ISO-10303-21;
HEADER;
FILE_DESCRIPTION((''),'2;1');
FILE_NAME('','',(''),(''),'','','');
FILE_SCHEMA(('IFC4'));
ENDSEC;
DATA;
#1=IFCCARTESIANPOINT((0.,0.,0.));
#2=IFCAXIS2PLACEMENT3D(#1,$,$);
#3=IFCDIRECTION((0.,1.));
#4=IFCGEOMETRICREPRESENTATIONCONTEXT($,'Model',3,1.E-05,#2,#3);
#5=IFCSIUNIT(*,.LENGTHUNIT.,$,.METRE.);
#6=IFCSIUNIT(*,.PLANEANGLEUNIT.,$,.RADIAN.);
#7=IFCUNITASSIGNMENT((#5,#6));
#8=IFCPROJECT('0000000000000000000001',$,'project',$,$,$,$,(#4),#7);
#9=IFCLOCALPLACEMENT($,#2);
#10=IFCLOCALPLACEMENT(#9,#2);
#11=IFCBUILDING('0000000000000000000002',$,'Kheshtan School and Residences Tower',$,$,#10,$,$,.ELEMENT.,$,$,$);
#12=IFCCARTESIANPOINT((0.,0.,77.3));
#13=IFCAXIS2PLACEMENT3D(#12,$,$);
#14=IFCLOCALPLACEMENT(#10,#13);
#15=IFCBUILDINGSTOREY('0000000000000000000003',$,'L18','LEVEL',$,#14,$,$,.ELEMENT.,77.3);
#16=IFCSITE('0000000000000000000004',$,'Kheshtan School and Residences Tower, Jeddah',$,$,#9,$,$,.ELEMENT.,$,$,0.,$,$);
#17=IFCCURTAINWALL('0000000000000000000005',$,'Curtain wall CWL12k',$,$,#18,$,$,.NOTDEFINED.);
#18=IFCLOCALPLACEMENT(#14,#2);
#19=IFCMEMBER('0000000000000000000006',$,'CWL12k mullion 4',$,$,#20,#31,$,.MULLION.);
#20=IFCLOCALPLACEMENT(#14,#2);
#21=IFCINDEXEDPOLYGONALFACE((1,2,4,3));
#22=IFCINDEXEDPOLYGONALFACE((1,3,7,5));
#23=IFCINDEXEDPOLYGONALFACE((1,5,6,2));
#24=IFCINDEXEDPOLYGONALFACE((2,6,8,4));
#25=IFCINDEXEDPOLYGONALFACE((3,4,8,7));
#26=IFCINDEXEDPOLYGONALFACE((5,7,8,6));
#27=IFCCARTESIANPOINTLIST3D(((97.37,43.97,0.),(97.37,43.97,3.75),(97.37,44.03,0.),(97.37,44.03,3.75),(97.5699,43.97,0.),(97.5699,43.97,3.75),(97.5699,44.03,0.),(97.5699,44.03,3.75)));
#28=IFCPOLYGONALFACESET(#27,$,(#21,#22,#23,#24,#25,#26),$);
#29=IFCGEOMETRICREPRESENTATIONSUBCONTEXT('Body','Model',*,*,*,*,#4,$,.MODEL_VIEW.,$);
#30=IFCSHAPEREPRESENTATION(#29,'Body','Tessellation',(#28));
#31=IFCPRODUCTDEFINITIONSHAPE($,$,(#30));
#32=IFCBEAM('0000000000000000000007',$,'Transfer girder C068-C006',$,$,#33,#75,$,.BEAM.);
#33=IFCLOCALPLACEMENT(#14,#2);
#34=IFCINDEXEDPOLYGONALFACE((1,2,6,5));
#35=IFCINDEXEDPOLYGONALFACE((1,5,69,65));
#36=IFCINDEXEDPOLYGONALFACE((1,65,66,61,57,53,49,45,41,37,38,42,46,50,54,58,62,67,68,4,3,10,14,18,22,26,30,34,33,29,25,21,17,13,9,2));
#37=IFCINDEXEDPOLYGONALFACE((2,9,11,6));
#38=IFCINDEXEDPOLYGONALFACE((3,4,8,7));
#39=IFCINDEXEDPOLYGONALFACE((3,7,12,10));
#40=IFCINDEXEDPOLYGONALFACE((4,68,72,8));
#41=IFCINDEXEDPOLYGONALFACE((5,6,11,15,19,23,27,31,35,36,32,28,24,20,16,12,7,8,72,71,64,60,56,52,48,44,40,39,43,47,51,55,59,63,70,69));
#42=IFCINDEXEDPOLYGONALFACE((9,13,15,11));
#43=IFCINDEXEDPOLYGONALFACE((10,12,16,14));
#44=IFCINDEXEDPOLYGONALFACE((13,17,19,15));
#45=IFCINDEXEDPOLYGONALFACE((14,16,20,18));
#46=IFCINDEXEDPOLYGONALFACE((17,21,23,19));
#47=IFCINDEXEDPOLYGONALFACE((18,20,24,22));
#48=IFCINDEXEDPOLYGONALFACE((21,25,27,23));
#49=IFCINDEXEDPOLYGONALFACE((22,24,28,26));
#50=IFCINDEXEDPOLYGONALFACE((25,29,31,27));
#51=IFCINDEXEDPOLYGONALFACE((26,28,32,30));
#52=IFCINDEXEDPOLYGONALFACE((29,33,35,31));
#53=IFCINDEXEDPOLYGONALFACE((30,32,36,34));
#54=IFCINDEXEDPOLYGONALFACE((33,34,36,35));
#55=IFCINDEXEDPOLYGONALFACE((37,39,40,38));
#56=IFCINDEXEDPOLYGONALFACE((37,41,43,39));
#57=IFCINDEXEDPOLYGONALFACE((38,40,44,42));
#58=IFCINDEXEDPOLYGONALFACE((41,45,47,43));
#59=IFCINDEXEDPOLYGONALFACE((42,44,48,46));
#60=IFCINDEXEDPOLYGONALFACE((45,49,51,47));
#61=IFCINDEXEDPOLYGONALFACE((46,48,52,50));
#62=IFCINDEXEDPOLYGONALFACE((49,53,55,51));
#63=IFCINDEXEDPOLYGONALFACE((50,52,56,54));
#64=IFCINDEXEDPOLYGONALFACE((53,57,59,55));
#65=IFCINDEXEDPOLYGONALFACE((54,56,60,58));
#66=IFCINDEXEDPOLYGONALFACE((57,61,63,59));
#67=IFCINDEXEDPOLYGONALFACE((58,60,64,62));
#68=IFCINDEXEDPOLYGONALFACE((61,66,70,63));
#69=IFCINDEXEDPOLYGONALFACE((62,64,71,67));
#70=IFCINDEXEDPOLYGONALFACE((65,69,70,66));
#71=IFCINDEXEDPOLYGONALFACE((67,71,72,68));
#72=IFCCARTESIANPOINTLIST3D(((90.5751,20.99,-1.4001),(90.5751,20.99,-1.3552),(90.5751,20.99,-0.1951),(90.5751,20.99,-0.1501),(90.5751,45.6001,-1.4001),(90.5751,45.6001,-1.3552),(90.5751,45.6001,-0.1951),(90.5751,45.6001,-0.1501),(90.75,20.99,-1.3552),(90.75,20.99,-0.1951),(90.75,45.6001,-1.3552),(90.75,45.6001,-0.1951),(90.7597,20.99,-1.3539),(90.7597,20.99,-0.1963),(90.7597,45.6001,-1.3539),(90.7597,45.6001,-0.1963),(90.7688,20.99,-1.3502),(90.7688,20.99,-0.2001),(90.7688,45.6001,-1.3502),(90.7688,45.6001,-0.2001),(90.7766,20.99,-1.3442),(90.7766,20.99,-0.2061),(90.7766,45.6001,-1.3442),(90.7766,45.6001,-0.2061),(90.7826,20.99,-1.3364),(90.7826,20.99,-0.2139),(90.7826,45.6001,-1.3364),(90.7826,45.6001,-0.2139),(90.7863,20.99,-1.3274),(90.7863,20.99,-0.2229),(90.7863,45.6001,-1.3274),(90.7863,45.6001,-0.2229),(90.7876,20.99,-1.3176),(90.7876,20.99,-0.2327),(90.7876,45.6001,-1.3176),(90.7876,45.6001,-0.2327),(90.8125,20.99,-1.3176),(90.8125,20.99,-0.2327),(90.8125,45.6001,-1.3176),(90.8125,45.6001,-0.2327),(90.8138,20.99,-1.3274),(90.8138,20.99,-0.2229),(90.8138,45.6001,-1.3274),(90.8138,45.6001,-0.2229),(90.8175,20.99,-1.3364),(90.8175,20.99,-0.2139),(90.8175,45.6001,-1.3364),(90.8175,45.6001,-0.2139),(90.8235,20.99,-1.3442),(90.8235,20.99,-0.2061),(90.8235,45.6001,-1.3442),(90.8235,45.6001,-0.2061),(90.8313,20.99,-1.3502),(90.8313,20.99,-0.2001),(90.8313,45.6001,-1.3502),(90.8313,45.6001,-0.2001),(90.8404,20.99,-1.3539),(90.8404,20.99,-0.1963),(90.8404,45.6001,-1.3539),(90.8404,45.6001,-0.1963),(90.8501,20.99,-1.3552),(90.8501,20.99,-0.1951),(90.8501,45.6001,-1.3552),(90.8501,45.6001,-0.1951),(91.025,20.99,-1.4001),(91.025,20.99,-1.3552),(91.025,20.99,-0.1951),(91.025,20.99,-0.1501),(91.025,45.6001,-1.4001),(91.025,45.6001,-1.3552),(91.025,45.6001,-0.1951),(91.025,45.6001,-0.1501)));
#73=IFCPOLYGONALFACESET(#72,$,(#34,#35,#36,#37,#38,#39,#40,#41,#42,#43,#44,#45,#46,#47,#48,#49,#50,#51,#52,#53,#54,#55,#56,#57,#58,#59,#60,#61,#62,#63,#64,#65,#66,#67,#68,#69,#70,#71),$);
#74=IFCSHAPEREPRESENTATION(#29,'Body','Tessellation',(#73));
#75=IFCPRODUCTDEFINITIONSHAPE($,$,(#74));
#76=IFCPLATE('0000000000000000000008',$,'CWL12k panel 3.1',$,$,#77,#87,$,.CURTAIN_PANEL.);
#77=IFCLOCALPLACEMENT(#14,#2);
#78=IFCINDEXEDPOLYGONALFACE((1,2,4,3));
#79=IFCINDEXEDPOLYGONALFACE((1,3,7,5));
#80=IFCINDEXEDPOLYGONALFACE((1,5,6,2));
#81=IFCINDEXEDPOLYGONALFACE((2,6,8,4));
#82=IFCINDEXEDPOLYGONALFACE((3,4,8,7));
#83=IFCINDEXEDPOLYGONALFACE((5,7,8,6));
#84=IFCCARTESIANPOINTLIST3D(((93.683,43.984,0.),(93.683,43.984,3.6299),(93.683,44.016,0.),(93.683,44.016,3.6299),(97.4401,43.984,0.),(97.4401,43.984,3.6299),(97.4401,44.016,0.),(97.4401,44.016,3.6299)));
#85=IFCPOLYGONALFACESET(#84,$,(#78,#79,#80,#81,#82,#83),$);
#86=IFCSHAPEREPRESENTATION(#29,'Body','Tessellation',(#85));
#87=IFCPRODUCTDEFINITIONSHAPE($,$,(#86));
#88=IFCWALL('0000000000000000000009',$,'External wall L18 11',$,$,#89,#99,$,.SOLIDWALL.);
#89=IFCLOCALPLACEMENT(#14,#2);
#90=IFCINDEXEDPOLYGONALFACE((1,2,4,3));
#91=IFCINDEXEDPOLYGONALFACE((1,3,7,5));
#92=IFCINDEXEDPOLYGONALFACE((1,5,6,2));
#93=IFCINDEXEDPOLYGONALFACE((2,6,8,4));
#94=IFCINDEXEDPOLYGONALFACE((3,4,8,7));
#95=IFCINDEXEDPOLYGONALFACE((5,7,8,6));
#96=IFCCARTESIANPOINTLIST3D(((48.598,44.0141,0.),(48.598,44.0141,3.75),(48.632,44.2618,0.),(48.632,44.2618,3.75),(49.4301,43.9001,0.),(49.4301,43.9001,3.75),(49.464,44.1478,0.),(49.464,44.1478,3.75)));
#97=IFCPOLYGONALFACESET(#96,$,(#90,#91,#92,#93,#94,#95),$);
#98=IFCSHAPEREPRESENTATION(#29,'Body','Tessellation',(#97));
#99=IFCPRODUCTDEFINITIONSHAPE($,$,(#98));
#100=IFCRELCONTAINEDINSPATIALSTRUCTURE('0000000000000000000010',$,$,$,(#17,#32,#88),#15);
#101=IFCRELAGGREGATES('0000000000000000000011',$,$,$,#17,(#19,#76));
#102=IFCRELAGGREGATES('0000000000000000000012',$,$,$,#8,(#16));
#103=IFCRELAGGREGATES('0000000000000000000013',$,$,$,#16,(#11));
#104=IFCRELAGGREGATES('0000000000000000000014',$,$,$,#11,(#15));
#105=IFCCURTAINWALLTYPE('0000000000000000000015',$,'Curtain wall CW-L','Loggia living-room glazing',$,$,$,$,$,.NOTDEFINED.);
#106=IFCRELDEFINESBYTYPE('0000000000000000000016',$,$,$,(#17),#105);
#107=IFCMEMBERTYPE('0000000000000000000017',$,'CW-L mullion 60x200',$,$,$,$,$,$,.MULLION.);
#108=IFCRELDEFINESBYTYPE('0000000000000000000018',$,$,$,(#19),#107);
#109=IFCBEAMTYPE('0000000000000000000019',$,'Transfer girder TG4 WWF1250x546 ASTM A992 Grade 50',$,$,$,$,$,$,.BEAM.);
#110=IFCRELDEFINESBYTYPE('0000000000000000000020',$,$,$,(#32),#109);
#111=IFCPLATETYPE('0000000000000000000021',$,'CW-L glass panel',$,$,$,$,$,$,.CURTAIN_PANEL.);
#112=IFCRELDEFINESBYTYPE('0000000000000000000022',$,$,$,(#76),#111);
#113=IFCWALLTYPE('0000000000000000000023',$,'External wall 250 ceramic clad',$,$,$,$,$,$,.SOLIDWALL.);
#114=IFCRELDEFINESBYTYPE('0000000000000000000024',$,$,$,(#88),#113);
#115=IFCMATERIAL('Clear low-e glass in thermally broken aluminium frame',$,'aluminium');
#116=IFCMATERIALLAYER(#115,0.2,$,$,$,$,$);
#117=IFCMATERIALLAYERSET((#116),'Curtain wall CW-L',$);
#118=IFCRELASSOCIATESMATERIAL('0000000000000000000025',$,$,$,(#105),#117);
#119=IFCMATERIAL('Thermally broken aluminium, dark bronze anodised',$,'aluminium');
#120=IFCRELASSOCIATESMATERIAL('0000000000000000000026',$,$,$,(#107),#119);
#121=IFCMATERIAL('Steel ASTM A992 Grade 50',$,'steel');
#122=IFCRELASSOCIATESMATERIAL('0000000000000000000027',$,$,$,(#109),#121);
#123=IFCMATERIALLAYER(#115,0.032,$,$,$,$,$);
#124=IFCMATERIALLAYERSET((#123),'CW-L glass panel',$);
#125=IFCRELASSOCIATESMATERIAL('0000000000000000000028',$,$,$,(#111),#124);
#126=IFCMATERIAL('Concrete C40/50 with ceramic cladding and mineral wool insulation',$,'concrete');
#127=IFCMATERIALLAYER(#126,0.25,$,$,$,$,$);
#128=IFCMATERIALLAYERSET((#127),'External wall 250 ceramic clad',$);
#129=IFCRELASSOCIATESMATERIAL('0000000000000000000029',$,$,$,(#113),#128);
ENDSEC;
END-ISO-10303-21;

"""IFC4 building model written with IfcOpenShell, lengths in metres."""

from ifc_helpers import new_model, si_unit, direction, frame, frame_2d, origin, origin_2d, place, context, subcontext, project, spatial, rectangle, i_section, extrude, material, layer, layer_set, material_profile, profile_set, type_object, element, aggregate, save


model = new_model("IFC4")

# Units and contexts
model_context = context("Model", 3, precision=1e-05, world=origin(), true_north=direction((0.0, 1.0)))
body_context = subcontext(model_context, "Body", "Model", "MODEL_VIEW")
ifc_project = project(units=[si_unit("LENGTHUNIT", "METRE"), si_unit("PLANEANGLEUNIT", "RADIAN")], contexts=[model_context])

# Site, building, storey
site_placement = place(None, origin())
site = spatial("IfcSite", under=ifc_project, at=site_placement, Name="Kheshtan School and Residences Tower, Jeddah", CompositionType="ELEMENT", RefElevation=0.0)
building_placement = place(site_placement, origin())
building = spatial("IfcBuilding", under=site, at=building_placement, Name="Kheshtan School and Residences Tower", CompositionType="ELEMENT")
storey_placement = place(building_placement, frame((0.0, 0.0, 77.3)))
storey = spatial("IfcBuildingStorey", under=building, at=storey_placement, Name="L18", Description="LEVEL", CompositionType="ELEMENT", Elevation=77.3)

# Shared definitions
ifc_material_1 = material(Name="Steel ASTM A992 Grade 50", Category="steel")

# Curtain wall, member
ifc_material_2 = material(Name="Clear low-e glass in thermally broken aluminium frame", Category="aluminium")
ifc_layer_1 = layer(ifc_material_2, 0.2)
ifc_layer_set_1 = layer_set([ifc_layer_1], Name="Curtain wall CW-L")
curtain_wall_type = type_object("IfcCurtainWallType", Name="Curtain wall CW-L", Description="Loggia living-room glazing", PredefinedType="NOTDEFINED", material=ifc_layer_set_1)
curtain_wall_placement = place(storey_placement, origin())
curtain_wall = element("IfcCurtainWall", 1, at=curtain_wall_placement, inside=storey, type_object=curtain_wall_type, Name="Curtain wall CWL12k", PredefinedType="NOTDEFINED")
ifc_material_3 = material(Name="Thermally broken aluminium, dark bronze anodised", Category="aluminium")
ifc_material_profile_1 = material_profile(ifc_material_3, rectangle(XDim=0.0601, YDim=0.2, at=origin_2d()), Name="CW-L mullion 60x200")
ifc_profile_set_1 = profile_set([ifc_material_profile_1], Name="Thermally broken aluminium, dark bronze anodised")
member_type = type_object("IfcMemberType", Name="CW-L mullion 60x200", PredefinedType="MULLION", material=ifc_profile_set_1)
member_placement = place(storey_placement, frame((97.47, 44.0, 0.0), z_axis=(0.0, 0.0, 1.0), x_axis=(0.0, 1.0, 0.0)))
member = element("IfcMember", 2, at=member_placement, type_object=member_type, Name="CWL12k mullion 4", PredefinedType="MULLION", context=body_context, shape_type="SweptSolid", body=[
    extrude(rectangle(XDim=0.0601, YDim=0.2, at=origin_2d()), origin(), (0.0, 0.0, 1.0), 3.75),
])

# Beam
ifc_material_profile_2 = material_profile(ifc_material_1, i_section(OverallWidth=0.45, OverallDepth=1.25, WebThickness=0.0249, FlangeThickness=0.0449, FilletRadius=0.0376, at=origin_2d()), Name="WWF1250x546")
ifc_profile_set_2 = profile_set([ifc_material_profile_2], Name="Steel ASTM A992 Grade 50")
beam_type_1 = type_object("IfcBeamType", Name="Transfer girder TG4 WWF1250x546 ASTM A992 Grade 50", PredefinedType="BEAM", material=ifc_profile_set_2)
beam_1_placement = place(storey_placement, frame((90.8, 45.6001, -0.7751), z_axis=(0.0, -1.0, 0.0), x_axis=(1.0, 0.0, 0.0)))
element("IfcBeam", 3, at=beam_1_placement, inside=storey, type_object=beam_type_1, Name="Transfer girder C068-C006", PredefinedType="BEAM", context=body_context, shape_type="SweptSolid", body=[
    extrude(i_section(OverallWidth=0.45, OverallDepth=1.25, WebThickness=0.0249, FlangeThickness=0.0449, FilletRadius=0.0376, at=origin_2d()), origin(), (0.0, 0.0, 1.0), 24.6101),
])

# Plate
ifc_layer_2 = layer(ifc_material_2, 0.032)
ifc_layer_set_2 = layer_set([ifc_layer_2], Name="CW-L glass panel")
plate_type = type_object("IfcPlateType", Name="CW-L glass panel", PredefinedType="CURTAIN_PANEL", material=ifc_layer_set_2)
plate_placement = place(storey_placement, frame((95.5615, 44.0, 0.0), z_axis=(0.0, 0.0, 1.0), x_axis=(1.0, 0.0, 0.0)))
plate = element("IfcPlate", 4, at=plate_placement, type_object=plate_type, Name="CWL12k panel 3.1", PredefinedType="CURTAIN_PANEL", context=body_context, shape_type="SweptSolid", body=[
    extrude(rectangle(XDim=3.7571, YDim=0.032, at=origin_2d()), origin(), (0.0, 0.0, 1.0), 3.6299),
])
aggregate(curtain_wall, [member, plate])

# Wall
ifc_material_4 = material(Name="Concrete C40/50 with ceramic cladding and mineral wool insulation", Category="concrete")
ifc_layer_3 = layer(ifc_material_4, 0.25)
ifc_layer_set_3 = layer_set([ifc_layer_3], Name="External wall 250 ceramic clad")
wall_type = type_object("IfcWallType", Name="External wall 250 ceramic clad", PredefinedType="SOLIDWALL", material=ifc_layer_set_3)
wall_placement = place(storey_placement, frame((48.615, 44.1379, 0.0), z_axis=(0.0, 0.0, 1.0), x_axis=(0.990742, -0.135762, 0.0)))
element("IfcWall", 5, at=wall_placement, inside=storey, type_object=wall_type, Name="External wall L18 11", PredefinedType="SOLIDWALL", context=body_context, shape_type="SweptSolid", body=[
    extrude(rectangle(XDim=0.8398, YDim=0.25, at=frame_2d((0.4199, 0.0))), origin(), (0.0, 0.0, 1.0), 3.75),
])

save(model, "model.ifc")
